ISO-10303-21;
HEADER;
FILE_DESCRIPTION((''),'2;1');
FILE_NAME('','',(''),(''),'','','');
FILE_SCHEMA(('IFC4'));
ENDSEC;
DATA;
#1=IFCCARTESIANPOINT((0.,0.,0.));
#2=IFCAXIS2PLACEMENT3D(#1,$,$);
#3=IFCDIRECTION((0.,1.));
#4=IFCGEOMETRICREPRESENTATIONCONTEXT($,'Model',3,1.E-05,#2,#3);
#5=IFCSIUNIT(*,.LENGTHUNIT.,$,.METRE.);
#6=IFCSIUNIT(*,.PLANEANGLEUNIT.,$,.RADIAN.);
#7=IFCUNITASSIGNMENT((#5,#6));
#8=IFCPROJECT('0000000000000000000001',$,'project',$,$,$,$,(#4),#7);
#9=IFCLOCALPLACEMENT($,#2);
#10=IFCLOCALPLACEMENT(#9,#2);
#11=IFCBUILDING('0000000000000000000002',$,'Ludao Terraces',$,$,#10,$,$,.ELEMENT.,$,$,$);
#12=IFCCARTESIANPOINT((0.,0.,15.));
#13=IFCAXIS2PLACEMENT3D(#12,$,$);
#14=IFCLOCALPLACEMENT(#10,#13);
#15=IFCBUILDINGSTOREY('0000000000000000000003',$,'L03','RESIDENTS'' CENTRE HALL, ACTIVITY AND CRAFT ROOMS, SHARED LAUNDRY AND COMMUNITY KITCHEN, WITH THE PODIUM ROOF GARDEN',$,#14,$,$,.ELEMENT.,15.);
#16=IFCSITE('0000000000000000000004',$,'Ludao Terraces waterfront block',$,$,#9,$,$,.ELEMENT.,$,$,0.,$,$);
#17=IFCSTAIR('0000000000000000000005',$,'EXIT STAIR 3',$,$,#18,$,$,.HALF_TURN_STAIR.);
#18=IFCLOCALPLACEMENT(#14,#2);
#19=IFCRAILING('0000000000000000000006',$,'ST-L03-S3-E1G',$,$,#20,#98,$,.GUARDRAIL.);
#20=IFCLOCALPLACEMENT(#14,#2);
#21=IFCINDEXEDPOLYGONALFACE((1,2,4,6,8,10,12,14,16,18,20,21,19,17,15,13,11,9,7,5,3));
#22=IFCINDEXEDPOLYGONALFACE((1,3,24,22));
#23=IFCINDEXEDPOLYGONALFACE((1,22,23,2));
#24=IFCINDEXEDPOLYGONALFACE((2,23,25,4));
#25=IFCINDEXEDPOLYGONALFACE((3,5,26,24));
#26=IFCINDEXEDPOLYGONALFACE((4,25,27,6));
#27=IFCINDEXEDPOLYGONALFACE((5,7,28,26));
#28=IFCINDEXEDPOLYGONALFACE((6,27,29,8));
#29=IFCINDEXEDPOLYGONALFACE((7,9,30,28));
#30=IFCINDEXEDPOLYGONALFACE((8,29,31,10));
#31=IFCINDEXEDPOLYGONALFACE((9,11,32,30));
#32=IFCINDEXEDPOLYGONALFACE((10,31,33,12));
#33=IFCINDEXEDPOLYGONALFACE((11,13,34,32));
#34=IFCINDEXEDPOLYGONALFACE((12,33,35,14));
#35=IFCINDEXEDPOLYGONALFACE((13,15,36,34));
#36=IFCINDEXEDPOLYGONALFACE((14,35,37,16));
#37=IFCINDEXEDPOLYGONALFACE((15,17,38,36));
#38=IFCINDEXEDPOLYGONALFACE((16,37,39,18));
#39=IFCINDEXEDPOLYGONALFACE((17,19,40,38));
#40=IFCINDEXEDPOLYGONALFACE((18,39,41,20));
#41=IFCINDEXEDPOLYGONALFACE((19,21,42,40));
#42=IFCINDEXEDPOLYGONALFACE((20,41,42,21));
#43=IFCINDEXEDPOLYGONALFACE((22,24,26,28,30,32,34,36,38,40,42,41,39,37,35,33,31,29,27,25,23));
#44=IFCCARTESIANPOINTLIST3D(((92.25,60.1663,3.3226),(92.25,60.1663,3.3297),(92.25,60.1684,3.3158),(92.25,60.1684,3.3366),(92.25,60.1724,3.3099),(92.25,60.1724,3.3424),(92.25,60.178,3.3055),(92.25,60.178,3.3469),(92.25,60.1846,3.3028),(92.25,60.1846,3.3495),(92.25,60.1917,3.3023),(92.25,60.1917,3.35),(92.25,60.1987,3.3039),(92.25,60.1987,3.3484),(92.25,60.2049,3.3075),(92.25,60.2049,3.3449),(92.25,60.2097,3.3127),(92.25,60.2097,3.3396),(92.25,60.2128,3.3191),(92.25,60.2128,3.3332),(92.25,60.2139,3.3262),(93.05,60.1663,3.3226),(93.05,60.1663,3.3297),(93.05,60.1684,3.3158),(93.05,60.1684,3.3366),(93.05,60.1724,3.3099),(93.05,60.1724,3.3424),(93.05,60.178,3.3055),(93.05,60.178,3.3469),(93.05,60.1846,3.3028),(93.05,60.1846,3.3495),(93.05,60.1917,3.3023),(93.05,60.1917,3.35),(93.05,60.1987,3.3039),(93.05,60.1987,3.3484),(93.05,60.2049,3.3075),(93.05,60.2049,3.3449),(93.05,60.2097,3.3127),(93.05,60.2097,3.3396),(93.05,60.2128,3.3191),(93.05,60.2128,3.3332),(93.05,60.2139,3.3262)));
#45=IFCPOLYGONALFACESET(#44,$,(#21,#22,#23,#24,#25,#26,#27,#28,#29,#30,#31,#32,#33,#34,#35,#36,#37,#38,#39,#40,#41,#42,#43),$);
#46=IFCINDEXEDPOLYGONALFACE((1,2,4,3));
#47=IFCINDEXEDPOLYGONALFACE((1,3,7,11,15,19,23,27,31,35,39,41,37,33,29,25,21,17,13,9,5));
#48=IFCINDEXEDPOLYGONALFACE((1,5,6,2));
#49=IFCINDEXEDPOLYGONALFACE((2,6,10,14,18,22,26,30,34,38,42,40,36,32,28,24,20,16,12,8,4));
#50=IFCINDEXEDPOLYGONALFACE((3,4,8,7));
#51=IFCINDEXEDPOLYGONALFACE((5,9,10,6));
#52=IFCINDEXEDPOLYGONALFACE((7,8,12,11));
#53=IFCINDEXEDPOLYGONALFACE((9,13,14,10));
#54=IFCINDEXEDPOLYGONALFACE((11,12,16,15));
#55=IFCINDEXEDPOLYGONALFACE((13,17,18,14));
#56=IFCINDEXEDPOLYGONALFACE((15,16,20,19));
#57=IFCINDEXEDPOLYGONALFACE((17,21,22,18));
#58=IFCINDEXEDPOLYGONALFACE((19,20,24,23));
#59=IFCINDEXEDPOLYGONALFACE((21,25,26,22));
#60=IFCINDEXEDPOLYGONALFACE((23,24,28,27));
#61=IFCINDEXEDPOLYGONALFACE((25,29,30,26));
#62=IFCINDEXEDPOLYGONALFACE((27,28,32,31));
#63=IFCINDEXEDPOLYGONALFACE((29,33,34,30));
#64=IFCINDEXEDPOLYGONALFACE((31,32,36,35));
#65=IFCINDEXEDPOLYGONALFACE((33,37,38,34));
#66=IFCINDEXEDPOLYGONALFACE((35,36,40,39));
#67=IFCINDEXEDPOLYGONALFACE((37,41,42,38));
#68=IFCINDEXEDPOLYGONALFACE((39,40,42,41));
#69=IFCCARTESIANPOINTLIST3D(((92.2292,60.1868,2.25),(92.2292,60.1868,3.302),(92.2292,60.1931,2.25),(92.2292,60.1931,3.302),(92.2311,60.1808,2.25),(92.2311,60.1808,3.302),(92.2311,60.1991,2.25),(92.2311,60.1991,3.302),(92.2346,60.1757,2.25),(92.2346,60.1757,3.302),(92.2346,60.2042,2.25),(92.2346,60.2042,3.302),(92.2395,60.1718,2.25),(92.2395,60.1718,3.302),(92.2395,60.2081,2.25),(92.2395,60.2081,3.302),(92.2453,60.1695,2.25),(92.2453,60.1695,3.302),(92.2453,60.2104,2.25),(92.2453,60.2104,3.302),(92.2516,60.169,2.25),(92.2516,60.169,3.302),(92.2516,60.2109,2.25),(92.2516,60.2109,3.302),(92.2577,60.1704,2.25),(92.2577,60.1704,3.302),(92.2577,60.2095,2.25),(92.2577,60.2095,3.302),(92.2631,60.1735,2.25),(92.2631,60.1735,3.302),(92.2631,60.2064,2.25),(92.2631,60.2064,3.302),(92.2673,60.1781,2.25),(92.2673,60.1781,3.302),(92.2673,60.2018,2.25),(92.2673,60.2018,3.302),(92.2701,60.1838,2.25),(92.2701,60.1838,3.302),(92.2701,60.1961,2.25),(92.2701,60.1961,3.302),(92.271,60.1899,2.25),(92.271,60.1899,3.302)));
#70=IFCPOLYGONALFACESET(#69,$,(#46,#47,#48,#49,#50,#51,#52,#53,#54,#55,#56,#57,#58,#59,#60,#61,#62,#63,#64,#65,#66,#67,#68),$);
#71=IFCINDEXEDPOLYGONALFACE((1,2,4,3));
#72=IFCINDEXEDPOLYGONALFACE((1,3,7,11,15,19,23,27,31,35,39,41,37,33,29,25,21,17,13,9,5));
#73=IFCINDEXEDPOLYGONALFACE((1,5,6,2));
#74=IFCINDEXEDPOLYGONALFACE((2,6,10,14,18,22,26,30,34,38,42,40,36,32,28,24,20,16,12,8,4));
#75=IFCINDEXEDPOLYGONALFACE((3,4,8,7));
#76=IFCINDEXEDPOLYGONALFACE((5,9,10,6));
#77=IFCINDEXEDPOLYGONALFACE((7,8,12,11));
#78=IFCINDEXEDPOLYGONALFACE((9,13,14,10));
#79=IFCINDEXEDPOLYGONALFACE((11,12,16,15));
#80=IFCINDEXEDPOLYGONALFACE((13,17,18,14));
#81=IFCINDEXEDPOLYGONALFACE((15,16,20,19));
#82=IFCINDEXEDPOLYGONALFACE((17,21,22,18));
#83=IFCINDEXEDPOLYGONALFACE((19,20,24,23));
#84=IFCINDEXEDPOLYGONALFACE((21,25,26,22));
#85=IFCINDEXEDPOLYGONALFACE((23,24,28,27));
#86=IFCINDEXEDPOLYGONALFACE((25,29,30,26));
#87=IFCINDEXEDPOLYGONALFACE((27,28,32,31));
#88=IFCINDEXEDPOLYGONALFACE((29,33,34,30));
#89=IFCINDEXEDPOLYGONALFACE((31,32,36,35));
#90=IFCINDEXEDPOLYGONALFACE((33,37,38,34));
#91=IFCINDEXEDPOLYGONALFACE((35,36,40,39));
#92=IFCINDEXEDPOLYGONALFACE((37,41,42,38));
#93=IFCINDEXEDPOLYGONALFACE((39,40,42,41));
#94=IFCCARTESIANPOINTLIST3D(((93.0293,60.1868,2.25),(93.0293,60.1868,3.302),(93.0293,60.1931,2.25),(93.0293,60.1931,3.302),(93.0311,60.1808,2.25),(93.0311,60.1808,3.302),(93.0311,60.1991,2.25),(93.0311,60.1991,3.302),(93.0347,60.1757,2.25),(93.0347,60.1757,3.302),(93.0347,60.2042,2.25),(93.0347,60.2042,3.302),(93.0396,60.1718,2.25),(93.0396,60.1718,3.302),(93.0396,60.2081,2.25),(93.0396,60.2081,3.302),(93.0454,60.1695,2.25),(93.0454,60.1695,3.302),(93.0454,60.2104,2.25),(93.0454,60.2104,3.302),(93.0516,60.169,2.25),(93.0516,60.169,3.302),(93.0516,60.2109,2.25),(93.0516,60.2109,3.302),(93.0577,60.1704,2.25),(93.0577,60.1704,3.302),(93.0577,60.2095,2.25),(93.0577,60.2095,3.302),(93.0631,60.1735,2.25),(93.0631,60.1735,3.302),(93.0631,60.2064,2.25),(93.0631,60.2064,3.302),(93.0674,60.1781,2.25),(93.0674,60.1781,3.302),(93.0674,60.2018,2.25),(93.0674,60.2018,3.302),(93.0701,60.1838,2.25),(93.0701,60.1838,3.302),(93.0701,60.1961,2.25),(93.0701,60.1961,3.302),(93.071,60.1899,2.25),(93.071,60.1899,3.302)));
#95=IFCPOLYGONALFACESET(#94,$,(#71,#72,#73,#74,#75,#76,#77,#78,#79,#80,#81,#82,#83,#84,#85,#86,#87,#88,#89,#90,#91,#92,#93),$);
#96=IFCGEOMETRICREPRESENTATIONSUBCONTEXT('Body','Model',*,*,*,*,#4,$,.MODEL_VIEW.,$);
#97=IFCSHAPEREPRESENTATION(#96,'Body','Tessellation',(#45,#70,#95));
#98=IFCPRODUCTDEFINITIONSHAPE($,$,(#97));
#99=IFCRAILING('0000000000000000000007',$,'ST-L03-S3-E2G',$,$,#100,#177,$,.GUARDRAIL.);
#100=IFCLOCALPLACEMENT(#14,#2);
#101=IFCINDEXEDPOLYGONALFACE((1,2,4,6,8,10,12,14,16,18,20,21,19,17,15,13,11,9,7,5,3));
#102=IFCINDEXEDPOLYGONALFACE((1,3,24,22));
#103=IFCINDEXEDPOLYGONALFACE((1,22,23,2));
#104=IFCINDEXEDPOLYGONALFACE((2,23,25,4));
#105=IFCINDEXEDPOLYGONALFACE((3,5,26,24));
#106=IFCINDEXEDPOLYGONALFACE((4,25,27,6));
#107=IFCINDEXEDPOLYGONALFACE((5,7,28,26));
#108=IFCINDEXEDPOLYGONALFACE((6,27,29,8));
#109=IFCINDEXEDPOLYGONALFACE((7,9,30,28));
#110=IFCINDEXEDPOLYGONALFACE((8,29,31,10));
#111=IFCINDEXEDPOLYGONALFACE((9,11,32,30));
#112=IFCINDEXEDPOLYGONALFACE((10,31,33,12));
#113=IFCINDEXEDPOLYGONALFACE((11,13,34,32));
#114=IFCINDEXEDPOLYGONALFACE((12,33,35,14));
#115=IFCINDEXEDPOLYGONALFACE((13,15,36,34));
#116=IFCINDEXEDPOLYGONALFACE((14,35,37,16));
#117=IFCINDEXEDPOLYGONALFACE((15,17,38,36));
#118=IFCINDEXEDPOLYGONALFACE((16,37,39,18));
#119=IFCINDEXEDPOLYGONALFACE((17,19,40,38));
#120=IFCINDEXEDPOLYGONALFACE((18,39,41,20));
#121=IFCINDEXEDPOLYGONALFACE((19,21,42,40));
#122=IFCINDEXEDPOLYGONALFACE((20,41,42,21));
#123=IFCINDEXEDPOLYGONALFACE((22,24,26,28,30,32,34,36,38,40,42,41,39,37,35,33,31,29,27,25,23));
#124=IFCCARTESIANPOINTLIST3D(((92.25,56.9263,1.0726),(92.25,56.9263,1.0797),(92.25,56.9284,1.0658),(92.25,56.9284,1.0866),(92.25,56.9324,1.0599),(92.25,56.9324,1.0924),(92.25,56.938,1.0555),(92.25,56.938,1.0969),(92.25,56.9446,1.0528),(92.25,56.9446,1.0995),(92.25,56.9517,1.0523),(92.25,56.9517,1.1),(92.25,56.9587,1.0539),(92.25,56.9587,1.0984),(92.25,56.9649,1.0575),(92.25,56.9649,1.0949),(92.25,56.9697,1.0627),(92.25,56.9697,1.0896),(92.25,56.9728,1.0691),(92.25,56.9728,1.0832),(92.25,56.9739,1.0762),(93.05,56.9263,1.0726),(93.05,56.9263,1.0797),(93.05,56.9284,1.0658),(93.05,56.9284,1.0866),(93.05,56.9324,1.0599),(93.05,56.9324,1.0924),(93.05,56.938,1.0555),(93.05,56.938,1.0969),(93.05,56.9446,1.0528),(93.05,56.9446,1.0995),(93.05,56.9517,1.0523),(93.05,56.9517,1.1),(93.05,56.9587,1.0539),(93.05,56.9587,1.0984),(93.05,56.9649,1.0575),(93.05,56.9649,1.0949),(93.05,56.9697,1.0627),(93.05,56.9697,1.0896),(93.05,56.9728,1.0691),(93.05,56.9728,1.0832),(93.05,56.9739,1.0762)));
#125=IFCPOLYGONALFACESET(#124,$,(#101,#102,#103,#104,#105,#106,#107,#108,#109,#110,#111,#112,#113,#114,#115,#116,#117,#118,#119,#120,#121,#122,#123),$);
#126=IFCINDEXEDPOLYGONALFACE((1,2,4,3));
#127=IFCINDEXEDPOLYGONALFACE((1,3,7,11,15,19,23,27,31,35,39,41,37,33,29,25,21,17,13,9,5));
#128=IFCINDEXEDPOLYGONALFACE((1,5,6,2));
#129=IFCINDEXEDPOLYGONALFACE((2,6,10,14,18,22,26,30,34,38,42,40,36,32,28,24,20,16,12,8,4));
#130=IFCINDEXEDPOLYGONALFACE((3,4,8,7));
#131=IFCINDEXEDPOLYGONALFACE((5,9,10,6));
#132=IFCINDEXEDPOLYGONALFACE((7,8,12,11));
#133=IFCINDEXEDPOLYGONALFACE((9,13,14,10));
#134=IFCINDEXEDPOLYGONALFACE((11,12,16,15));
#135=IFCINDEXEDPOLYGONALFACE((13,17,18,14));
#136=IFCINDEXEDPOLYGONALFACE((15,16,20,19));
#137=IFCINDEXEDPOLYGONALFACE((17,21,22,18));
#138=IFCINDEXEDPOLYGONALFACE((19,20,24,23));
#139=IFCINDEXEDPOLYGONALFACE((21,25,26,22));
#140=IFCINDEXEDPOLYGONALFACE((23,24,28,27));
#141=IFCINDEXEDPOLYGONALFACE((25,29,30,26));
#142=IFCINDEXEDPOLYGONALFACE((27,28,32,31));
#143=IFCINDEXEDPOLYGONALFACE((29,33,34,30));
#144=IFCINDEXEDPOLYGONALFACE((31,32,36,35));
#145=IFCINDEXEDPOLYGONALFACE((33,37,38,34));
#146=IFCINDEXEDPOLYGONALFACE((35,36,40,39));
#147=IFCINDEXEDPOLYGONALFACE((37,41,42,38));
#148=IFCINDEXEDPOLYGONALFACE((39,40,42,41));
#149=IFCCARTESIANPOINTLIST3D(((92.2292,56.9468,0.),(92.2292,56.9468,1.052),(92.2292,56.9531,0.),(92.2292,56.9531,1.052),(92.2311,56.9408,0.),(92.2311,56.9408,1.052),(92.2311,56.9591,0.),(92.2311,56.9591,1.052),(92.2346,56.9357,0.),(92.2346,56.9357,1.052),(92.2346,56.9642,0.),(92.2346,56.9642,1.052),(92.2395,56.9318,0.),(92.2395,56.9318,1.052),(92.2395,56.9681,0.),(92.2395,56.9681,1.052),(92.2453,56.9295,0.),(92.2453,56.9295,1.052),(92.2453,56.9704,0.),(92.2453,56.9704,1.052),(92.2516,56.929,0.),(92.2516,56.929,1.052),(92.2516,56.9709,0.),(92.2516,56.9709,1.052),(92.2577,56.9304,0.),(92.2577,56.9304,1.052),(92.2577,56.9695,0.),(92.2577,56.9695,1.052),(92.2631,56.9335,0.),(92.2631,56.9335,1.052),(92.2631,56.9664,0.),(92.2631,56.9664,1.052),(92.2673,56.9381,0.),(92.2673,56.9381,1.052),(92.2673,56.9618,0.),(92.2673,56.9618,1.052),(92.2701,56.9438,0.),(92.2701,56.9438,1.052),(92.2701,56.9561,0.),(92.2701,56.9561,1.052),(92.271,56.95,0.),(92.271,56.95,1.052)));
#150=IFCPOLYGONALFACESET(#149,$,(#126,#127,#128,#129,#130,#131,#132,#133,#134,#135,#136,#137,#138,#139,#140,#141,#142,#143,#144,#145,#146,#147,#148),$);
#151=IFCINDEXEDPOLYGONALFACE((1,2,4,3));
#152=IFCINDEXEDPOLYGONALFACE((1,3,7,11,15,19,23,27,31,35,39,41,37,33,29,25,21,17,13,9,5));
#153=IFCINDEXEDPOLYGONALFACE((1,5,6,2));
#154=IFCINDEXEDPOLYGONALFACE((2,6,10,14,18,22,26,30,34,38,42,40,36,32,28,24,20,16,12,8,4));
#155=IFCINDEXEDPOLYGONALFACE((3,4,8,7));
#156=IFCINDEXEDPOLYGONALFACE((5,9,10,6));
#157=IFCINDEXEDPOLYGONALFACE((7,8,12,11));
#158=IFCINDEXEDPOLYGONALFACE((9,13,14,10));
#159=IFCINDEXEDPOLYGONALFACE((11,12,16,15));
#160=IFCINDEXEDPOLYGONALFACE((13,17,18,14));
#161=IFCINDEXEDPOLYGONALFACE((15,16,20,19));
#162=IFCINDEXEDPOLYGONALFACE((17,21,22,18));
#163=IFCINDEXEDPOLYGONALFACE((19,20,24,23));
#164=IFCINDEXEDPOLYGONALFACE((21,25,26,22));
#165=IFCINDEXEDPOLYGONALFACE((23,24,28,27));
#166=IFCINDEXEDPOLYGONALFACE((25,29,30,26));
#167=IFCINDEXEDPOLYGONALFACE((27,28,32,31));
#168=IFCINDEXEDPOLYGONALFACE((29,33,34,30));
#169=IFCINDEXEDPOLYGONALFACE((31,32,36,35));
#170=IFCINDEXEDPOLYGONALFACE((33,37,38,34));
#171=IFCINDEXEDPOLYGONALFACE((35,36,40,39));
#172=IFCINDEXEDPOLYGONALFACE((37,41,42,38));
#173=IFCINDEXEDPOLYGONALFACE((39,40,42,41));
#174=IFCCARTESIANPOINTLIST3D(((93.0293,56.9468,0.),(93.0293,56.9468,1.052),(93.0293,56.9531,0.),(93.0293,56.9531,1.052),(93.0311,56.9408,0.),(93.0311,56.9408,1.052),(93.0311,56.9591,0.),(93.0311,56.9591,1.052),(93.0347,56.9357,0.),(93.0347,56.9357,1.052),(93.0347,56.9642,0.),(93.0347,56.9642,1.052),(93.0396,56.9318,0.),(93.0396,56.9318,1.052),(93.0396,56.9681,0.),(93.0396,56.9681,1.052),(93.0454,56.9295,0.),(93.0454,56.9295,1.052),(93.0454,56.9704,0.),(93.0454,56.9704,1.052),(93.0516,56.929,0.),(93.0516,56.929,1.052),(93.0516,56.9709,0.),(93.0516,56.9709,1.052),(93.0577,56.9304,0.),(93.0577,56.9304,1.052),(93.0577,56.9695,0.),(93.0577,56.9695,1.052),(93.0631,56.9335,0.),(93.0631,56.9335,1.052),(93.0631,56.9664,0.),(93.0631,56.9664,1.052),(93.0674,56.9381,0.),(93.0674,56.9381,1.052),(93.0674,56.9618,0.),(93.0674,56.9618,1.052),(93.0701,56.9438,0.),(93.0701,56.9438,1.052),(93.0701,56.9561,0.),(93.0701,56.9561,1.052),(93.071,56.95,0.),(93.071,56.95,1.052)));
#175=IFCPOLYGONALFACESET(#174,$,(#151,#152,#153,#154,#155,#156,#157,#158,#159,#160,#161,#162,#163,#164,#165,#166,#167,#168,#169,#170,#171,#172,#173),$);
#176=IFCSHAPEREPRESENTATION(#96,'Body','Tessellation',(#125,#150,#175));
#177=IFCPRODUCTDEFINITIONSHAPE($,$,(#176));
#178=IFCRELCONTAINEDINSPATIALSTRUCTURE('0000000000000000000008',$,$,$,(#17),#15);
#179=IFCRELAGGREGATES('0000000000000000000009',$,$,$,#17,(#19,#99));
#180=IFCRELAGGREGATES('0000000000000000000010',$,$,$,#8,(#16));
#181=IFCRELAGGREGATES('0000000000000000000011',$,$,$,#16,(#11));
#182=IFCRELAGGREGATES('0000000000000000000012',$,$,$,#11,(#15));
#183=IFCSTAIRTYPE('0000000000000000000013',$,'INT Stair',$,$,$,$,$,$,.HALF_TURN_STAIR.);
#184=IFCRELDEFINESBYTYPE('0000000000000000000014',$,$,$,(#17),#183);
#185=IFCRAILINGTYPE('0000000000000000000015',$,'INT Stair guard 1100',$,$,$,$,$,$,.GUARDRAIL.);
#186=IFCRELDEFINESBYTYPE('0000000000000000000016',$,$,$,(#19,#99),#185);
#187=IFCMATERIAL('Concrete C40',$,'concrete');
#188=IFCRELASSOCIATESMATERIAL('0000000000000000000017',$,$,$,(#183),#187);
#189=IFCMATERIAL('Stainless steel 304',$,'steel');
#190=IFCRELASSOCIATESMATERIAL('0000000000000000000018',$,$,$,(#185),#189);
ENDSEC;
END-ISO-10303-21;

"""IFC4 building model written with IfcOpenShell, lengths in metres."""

from ifc_helpers import new_model, si_unit, direction, frame, origin, origin_2d, place, context, subcontext, project, spatial, circle, extrude, material, type_object, element, aggregate, save


model = new_model("IFC4")

# Units and contexts
model_context = context("Model", 3, precision=1e-05, world=origin(), true_north=direction((0.0, 1.0)))
body_context = subcontext(model_context, "Body", "Model", "MODEL_VIEW")
ifc_project = project(units=[si_unit("LENGTHUNIT", "METRE"), si_unit("PLANEANGLEUNIT", "RADIAN")], contexts=[model_context])

# Site, building, storey
site_placement = place(None, origin())
site = spatial("IfcSite", under=ifc_project, at=site_placement, Name="Ludao Terraces waterfront block", CompositionType="ELEMENT", RefElevation=0.0)
building_placement = place(site_placement, origin())
building = spatial("IfcBuilding", under=site, at=building_placement, Name="Ludao Terraces", CompositionType="ELEMENT")
storey_placement = place(building_placement, frame((0.0, 0.0, 15.0)))
storey = spatial("IfcBuildingStorey", under=building, at=storey_placement, Name="L03", Description="RESIDENTS' CENTRE HALL, ACTIVITY AND CRAFT ROOMS, SHARED LAUNDRY AND COMMUNITY KITCHEN, WITH THE PODIUM ROOF GARDEN", CompositionType="ELEMENT", Elevation=15.0)

# Stair, railings
ifc_material_1 = material(Name="Concrete C40", Category="concrete")
stair_type = type_object("IfcStairType", Name="INT Stair", PredefinedType="HALF_TURN_STAIR", material=ifc_material_1)
stair_placement = place(storey_placement, origin())
stair = element("IfcStair", 1, at=stair_placement, inside=storey, type_object=stair_type, Name="EXIT STAIR 3", PredefinedType="HALF_TURN_STAIR")
ifc_material_2 = material(Name="Stainless steel 304", Category="steel")
railing_type_1 = type_object("IfcRailingType", Name="INT Stair guard 1100", PredefinedType="GUARDRAIL", material=ifc_material_2)
railing_1_placement = place(storey_placement, frame((92.25, 60.1899, 2.25)))
railing_1 = element("IfcRailing", 2, at=railing_1_placement, type_object=railing_type_1, Name="ST-L03-S3-E1G", PredefinedType="GUARDRAIL", context=body_context, shape_type="SweptSolid", body=[
    extrude(circle(Radius=0.0239, at=origin_2d()), frame((0.0, 0.0, 1.0762), z_axis=(1.0, 0.0, 0.0), x_axis=(0.0, 1.0, 0.0)), (0.0, 0.0, 1.0), 0.8),
    extrude(circle(Radius=0.021, at=origin_2d()), origin(), (0.0, 0.0, 1.0), 1.052),
    extrude(circle(Radius=0.021, at=origin_2d()), frame((0.8, 0.0, 0.0)), (0.0, 0.0, 1.0), 1.052),
])
railing_2_placement = place(storey_placement, frame((92.25, 56.95, 0.0)))
railing_2 = element("IfcRailing", 3, at=railing_2_placement, type_object=railing_type_1, Name="ST-L03-S3-E2G", PredefinedType="GUARDRAIL", context=body_context, shape_type="SweptSolid", body=[
    extrude(circle(Radius=0.0239, at=origin_2d()), frame((0.0, 0.0, 1.0762), z_axis=(1.0, 0.0, 0.0), x_axis=(0.0, 1.0, 0.0)), (0.0, 0.0, 1.0), 0.8),
    extrude(circle(Radius=0.021, at=origin_2d()), origin(), (0.0, 0.0, 1.0), 1.052),
    extrude(circle(Radius=0.021, at=origin_2d()), frame((0.8, 0.0, 0.0)), (0.0, 0.0, 1.0), 1.052),
])
aggregate(stair, [railing_1, railing_2])

save(model, "model.ifc")
